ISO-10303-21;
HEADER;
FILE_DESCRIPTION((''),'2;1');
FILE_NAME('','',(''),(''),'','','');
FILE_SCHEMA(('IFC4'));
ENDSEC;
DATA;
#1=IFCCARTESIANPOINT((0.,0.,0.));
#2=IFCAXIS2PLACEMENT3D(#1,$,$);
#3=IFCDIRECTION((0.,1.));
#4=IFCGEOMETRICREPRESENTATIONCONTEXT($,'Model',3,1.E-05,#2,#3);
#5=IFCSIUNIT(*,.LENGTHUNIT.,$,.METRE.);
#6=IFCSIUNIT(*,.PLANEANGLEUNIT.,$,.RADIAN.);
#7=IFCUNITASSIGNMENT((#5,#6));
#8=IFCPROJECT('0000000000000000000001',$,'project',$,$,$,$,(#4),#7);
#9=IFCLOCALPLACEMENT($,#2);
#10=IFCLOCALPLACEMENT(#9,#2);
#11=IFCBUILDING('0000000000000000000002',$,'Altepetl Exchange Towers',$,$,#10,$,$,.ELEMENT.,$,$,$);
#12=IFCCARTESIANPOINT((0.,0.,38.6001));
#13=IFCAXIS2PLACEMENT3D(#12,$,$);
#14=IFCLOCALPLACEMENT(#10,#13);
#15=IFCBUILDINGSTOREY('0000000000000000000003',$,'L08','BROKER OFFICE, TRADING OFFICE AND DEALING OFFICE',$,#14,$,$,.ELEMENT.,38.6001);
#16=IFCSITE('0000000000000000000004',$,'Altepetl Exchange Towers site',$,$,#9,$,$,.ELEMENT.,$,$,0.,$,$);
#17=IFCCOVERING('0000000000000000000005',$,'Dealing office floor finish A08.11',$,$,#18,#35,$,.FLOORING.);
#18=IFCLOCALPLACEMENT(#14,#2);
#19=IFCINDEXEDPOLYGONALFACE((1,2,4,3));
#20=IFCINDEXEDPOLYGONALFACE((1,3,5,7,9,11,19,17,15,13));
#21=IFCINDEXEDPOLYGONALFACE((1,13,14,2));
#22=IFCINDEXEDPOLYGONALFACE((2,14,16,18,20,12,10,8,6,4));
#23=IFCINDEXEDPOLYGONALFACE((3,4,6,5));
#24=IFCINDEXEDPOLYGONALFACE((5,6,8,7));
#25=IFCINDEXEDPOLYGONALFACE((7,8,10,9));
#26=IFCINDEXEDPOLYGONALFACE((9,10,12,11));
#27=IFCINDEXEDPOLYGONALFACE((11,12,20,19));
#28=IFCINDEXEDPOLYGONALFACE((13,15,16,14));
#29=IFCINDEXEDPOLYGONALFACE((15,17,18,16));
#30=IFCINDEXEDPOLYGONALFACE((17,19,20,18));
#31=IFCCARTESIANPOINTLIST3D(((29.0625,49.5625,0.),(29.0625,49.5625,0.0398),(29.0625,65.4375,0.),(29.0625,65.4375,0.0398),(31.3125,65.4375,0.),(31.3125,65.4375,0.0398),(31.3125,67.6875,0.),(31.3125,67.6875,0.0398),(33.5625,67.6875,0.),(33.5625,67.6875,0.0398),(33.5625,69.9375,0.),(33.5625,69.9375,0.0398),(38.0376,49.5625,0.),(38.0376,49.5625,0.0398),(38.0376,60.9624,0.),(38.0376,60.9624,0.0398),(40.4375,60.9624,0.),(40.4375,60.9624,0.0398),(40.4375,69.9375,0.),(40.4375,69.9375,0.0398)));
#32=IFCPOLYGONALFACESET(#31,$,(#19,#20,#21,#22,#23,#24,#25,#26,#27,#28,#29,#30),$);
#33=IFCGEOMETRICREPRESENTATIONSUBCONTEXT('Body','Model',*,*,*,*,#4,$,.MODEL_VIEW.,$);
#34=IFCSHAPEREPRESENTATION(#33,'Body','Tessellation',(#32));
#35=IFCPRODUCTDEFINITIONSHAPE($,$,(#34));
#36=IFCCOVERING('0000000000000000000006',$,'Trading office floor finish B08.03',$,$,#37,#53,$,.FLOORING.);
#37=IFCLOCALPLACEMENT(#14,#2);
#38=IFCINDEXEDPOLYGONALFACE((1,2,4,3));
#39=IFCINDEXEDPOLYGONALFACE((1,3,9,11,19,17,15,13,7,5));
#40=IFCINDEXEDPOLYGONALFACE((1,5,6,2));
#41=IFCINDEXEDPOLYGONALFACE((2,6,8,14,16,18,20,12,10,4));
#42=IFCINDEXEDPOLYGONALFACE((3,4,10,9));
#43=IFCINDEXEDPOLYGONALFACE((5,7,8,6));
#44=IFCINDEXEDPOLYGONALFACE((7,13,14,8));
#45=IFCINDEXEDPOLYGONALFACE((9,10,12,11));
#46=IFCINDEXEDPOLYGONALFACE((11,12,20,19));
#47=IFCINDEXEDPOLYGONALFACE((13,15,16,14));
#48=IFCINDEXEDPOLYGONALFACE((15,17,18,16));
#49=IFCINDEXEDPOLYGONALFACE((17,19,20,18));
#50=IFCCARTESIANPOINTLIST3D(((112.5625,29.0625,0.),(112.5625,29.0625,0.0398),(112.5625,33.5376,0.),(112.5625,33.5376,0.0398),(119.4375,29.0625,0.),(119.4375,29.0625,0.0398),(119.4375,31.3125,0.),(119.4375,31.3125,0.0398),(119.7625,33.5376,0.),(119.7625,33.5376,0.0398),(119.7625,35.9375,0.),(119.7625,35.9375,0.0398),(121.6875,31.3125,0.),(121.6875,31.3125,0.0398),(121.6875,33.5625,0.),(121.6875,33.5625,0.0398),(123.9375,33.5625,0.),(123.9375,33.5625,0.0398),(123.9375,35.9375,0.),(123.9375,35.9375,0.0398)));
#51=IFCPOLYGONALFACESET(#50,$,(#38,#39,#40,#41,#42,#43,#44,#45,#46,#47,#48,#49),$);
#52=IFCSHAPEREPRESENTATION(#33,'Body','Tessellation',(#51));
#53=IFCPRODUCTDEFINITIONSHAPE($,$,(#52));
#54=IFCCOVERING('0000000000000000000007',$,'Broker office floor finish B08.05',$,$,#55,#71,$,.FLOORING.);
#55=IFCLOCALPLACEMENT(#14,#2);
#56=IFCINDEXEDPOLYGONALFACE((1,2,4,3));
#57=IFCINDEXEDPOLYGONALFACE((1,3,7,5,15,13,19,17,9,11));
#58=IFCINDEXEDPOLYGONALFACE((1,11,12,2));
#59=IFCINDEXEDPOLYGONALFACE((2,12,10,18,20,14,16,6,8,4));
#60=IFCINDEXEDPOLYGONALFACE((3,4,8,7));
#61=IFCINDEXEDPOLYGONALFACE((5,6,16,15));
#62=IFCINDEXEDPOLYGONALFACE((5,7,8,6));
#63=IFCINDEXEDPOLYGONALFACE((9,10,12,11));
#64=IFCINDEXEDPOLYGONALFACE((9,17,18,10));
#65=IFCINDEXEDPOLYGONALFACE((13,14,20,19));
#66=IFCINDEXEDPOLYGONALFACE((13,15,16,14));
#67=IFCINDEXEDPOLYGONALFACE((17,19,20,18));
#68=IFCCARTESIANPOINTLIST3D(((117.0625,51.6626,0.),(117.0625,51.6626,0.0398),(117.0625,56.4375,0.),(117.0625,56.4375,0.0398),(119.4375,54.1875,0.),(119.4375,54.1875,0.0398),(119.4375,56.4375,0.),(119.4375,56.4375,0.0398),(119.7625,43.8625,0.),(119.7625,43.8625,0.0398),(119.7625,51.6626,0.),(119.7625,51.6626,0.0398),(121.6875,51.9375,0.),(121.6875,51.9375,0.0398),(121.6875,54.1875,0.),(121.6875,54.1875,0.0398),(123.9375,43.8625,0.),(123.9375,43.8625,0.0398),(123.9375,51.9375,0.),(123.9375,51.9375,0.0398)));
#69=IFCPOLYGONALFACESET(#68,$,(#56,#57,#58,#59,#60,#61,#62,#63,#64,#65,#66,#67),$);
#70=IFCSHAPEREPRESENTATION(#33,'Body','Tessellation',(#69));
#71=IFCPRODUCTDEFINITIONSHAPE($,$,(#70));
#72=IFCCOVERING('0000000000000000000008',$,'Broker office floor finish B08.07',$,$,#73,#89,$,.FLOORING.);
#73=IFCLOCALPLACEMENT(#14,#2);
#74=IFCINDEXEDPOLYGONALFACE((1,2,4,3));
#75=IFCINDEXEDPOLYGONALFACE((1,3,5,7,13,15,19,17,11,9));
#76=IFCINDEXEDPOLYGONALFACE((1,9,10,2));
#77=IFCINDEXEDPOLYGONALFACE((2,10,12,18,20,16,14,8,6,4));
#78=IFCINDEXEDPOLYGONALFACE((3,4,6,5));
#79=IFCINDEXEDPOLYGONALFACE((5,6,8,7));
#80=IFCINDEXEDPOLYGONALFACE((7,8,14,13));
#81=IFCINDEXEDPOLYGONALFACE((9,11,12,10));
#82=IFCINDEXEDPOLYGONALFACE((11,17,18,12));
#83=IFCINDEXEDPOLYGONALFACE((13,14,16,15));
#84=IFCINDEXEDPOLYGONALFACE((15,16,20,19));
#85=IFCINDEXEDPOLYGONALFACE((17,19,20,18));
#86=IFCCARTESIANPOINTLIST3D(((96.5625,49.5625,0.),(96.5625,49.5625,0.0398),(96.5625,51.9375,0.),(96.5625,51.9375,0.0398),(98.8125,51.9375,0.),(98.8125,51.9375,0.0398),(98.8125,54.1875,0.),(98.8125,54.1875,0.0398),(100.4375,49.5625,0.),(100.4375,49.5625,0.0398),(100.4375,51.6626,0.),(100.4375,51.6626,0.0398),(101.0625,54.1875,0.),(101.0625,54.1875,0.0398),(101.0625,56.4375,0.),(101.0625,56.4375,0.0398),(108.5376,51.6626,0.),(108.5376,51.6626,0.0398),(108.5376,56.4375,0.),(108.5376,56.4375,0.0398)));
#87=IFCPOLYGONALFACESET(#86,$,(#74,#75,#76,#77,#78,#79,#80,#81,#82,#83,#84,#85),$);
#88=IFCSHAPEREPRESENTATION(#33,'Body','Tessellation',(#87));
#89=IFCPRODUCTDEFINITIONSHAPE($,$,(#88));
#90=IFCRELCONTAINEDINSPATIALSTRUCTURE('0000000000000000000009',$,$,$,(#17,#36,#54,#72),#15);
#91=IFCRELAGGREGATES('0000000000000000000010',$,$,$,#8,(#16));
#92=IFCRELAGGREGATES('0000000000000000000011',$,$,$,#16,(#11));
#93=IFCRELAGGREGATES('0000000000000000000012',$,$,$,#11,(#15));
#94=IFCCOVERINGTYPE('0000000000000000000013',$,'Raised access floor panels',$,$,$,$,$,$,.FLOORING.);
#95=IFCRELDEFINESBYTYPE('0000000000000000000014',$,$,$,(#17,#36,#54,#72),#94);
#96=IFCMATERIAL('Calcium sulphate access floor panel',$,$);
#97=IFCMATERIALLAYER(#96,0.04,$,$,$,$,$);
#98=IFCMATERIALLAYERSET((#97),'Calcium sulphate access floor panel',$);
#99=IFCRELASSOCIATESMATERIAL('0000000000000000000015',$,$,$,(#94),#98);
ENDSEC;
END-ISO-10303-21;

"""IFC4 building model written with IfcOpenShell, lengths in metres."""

from ifc_helpers import new_model, si_unit, direction, frame, origin, place, context, subcontext, project, spatial, polyline, outline, extrude, material, layer, layer_set, type_object, element, save


model = new_model("IFC4")

# Units and contexts
model_context = context("Model", 3, precision=1e-05, world=origin(), true_north=direction((0.0, 1.0)))
body_context = subcontext(model_context, "Body", "Model", "MODEL_VIEW")
ifc_project = project(units=[si_unit("LENGTHUNIT", "METRE"), si_unit("PLANEANGLEUNIT", "RADIAN")], contexts=[model_context])

# Site, building, storey
site_placement = place(None, origin())
site = spatial("IfcSite", under=ifc_project, at=site_placement, Name="Altepetl Exchange Towers site", CompositionType="ELEMENT", RefElevation=0.0)
building_placement = place(site_placement, origin())
building = spatial("IfcBuilding", under=site, at=building_placement, Name="Altepetl Exchange Towers", CompositionType="ELEMENT")
storey_placement = place(building_placement, frame((0.0, 0.0, 38.6001)))
storey = spatial("IfcBuildingStorey", under=building, at=storey_placement, Name="L08", Description="BROKER OFFICE, TRADING OFFICE AND DEALING OFFICE", CompositionType="ELEMENT", Elevation=38.6001)

# Coverings
ifc_material_1 = material(Name="Calcium sulphate access floor panel")
ifc_layer_1 = layer(ifc_material_1, 0.04)
ifc_layer_set_1 = layer_set([ifc_layer_1], Name="Calcium sulphate access floor panel")
covering_type_1 = type_object("IfcCoveringType", Name="Raised access floor panels", PredefinedType="FLOORING", material=ifc_layer_set_1)
covering_1_placement = place(storey_placement, origin())
element("IfcCovering", 1, at=covering_1_placement, inside=storey, type_object=covering_type_1, Name="Dealing office floor finish A08.11", PredefinedType="FLOORING", context=body_context, shape_type="SweptSolid", body=[
    extrude(outline(polyline([(33.5625, 69.9375), (33.5625, 67.6875), (31.3125, 67.6875), (31.3125, 65.4375), (29.0625, 65.4375), (29.0625, 49.5625), (38.0376, 49.5625), (38.0376, 60.9624), (40.4375, 60.9624), (40.4375, 69.9375), (33.5625, 69.9375)])), origin(), (0.0, 0.0, 1.0), 0.0398),
])
covering_2_placement = place(storey_placement, origin())
element("IfcCovering", 2, at=covering_2_placement, inside=storey, type_object=covering_type_1, Name="Trading office floor finish B08.03", PredefinedType="FLOORING", context=body_context, shape_type="SweptSolid", body=[
    extrude(outline(polyline([(112.5625, 33.5376), (112.5625, 29.0625), (119.4375, 29.0625), (119.4375, 31.3125), (121.6875, 31.3125), (121.6875, 33.5625), (123.9375, 33.5625), (123.9375, 35.9375), (119.7625, 35.9375), (119.7625, 33.5376), (112.5625, 33.5376)])), origin(), (0.0, 0.0, 1.0), 0.0398),
])
covering_3_placement = place(storey_placement, origin())
element("IfcCovering", 3, at=covering_3_placement, inside=storey, type_object=covering_type_1, Name="Broker office floor finish B08.05", PredefinedType="FLOORING", context=body_context, shape_type="SweptSolid", body=[
    extrude(outline(polyline([(121.6875, 51.9375), (121.6875, 54.1875), (119.4375, 54.1875), (119.4375, 56.4375), (117.0625, 56.4375), (117.0625, 51.6626), (119.7625, 51.6626), (119.7625, 43.8625), (123.9375, 43.8625), (123.9375, 51.9375), (121.6875, 51.9375)])), origin(), (0.0, 0.0, 1.0), 0.0398),
])
covering_4_placement = place(storey_placement, origin())
element("IfcCovering", 4, at=covering_4_placement, inside=storey, type_object=covering_type_1, Name="Broker office floor finish B08.07", PredefinedType="FLOORING", context=body_context, shape_type="SweptSolid", body=[
    extrude(outline(polyline([(108.5376, 51.6626), (108.5376, 56.4375), (101.0625, 56.4375), (101.0625, 54.1875), (98.8125, 54.1875), (98.8125, 51.9375), (96.5625, 51.9375), (96.5625, 49.5625), (100.4375, 49.5625), (100.4375, 51.6626), (108.5376, 51.6626)])), origin(), (0.0, 0.0, 1.0), 0.0398),
])

save(model, "model.ifc")
